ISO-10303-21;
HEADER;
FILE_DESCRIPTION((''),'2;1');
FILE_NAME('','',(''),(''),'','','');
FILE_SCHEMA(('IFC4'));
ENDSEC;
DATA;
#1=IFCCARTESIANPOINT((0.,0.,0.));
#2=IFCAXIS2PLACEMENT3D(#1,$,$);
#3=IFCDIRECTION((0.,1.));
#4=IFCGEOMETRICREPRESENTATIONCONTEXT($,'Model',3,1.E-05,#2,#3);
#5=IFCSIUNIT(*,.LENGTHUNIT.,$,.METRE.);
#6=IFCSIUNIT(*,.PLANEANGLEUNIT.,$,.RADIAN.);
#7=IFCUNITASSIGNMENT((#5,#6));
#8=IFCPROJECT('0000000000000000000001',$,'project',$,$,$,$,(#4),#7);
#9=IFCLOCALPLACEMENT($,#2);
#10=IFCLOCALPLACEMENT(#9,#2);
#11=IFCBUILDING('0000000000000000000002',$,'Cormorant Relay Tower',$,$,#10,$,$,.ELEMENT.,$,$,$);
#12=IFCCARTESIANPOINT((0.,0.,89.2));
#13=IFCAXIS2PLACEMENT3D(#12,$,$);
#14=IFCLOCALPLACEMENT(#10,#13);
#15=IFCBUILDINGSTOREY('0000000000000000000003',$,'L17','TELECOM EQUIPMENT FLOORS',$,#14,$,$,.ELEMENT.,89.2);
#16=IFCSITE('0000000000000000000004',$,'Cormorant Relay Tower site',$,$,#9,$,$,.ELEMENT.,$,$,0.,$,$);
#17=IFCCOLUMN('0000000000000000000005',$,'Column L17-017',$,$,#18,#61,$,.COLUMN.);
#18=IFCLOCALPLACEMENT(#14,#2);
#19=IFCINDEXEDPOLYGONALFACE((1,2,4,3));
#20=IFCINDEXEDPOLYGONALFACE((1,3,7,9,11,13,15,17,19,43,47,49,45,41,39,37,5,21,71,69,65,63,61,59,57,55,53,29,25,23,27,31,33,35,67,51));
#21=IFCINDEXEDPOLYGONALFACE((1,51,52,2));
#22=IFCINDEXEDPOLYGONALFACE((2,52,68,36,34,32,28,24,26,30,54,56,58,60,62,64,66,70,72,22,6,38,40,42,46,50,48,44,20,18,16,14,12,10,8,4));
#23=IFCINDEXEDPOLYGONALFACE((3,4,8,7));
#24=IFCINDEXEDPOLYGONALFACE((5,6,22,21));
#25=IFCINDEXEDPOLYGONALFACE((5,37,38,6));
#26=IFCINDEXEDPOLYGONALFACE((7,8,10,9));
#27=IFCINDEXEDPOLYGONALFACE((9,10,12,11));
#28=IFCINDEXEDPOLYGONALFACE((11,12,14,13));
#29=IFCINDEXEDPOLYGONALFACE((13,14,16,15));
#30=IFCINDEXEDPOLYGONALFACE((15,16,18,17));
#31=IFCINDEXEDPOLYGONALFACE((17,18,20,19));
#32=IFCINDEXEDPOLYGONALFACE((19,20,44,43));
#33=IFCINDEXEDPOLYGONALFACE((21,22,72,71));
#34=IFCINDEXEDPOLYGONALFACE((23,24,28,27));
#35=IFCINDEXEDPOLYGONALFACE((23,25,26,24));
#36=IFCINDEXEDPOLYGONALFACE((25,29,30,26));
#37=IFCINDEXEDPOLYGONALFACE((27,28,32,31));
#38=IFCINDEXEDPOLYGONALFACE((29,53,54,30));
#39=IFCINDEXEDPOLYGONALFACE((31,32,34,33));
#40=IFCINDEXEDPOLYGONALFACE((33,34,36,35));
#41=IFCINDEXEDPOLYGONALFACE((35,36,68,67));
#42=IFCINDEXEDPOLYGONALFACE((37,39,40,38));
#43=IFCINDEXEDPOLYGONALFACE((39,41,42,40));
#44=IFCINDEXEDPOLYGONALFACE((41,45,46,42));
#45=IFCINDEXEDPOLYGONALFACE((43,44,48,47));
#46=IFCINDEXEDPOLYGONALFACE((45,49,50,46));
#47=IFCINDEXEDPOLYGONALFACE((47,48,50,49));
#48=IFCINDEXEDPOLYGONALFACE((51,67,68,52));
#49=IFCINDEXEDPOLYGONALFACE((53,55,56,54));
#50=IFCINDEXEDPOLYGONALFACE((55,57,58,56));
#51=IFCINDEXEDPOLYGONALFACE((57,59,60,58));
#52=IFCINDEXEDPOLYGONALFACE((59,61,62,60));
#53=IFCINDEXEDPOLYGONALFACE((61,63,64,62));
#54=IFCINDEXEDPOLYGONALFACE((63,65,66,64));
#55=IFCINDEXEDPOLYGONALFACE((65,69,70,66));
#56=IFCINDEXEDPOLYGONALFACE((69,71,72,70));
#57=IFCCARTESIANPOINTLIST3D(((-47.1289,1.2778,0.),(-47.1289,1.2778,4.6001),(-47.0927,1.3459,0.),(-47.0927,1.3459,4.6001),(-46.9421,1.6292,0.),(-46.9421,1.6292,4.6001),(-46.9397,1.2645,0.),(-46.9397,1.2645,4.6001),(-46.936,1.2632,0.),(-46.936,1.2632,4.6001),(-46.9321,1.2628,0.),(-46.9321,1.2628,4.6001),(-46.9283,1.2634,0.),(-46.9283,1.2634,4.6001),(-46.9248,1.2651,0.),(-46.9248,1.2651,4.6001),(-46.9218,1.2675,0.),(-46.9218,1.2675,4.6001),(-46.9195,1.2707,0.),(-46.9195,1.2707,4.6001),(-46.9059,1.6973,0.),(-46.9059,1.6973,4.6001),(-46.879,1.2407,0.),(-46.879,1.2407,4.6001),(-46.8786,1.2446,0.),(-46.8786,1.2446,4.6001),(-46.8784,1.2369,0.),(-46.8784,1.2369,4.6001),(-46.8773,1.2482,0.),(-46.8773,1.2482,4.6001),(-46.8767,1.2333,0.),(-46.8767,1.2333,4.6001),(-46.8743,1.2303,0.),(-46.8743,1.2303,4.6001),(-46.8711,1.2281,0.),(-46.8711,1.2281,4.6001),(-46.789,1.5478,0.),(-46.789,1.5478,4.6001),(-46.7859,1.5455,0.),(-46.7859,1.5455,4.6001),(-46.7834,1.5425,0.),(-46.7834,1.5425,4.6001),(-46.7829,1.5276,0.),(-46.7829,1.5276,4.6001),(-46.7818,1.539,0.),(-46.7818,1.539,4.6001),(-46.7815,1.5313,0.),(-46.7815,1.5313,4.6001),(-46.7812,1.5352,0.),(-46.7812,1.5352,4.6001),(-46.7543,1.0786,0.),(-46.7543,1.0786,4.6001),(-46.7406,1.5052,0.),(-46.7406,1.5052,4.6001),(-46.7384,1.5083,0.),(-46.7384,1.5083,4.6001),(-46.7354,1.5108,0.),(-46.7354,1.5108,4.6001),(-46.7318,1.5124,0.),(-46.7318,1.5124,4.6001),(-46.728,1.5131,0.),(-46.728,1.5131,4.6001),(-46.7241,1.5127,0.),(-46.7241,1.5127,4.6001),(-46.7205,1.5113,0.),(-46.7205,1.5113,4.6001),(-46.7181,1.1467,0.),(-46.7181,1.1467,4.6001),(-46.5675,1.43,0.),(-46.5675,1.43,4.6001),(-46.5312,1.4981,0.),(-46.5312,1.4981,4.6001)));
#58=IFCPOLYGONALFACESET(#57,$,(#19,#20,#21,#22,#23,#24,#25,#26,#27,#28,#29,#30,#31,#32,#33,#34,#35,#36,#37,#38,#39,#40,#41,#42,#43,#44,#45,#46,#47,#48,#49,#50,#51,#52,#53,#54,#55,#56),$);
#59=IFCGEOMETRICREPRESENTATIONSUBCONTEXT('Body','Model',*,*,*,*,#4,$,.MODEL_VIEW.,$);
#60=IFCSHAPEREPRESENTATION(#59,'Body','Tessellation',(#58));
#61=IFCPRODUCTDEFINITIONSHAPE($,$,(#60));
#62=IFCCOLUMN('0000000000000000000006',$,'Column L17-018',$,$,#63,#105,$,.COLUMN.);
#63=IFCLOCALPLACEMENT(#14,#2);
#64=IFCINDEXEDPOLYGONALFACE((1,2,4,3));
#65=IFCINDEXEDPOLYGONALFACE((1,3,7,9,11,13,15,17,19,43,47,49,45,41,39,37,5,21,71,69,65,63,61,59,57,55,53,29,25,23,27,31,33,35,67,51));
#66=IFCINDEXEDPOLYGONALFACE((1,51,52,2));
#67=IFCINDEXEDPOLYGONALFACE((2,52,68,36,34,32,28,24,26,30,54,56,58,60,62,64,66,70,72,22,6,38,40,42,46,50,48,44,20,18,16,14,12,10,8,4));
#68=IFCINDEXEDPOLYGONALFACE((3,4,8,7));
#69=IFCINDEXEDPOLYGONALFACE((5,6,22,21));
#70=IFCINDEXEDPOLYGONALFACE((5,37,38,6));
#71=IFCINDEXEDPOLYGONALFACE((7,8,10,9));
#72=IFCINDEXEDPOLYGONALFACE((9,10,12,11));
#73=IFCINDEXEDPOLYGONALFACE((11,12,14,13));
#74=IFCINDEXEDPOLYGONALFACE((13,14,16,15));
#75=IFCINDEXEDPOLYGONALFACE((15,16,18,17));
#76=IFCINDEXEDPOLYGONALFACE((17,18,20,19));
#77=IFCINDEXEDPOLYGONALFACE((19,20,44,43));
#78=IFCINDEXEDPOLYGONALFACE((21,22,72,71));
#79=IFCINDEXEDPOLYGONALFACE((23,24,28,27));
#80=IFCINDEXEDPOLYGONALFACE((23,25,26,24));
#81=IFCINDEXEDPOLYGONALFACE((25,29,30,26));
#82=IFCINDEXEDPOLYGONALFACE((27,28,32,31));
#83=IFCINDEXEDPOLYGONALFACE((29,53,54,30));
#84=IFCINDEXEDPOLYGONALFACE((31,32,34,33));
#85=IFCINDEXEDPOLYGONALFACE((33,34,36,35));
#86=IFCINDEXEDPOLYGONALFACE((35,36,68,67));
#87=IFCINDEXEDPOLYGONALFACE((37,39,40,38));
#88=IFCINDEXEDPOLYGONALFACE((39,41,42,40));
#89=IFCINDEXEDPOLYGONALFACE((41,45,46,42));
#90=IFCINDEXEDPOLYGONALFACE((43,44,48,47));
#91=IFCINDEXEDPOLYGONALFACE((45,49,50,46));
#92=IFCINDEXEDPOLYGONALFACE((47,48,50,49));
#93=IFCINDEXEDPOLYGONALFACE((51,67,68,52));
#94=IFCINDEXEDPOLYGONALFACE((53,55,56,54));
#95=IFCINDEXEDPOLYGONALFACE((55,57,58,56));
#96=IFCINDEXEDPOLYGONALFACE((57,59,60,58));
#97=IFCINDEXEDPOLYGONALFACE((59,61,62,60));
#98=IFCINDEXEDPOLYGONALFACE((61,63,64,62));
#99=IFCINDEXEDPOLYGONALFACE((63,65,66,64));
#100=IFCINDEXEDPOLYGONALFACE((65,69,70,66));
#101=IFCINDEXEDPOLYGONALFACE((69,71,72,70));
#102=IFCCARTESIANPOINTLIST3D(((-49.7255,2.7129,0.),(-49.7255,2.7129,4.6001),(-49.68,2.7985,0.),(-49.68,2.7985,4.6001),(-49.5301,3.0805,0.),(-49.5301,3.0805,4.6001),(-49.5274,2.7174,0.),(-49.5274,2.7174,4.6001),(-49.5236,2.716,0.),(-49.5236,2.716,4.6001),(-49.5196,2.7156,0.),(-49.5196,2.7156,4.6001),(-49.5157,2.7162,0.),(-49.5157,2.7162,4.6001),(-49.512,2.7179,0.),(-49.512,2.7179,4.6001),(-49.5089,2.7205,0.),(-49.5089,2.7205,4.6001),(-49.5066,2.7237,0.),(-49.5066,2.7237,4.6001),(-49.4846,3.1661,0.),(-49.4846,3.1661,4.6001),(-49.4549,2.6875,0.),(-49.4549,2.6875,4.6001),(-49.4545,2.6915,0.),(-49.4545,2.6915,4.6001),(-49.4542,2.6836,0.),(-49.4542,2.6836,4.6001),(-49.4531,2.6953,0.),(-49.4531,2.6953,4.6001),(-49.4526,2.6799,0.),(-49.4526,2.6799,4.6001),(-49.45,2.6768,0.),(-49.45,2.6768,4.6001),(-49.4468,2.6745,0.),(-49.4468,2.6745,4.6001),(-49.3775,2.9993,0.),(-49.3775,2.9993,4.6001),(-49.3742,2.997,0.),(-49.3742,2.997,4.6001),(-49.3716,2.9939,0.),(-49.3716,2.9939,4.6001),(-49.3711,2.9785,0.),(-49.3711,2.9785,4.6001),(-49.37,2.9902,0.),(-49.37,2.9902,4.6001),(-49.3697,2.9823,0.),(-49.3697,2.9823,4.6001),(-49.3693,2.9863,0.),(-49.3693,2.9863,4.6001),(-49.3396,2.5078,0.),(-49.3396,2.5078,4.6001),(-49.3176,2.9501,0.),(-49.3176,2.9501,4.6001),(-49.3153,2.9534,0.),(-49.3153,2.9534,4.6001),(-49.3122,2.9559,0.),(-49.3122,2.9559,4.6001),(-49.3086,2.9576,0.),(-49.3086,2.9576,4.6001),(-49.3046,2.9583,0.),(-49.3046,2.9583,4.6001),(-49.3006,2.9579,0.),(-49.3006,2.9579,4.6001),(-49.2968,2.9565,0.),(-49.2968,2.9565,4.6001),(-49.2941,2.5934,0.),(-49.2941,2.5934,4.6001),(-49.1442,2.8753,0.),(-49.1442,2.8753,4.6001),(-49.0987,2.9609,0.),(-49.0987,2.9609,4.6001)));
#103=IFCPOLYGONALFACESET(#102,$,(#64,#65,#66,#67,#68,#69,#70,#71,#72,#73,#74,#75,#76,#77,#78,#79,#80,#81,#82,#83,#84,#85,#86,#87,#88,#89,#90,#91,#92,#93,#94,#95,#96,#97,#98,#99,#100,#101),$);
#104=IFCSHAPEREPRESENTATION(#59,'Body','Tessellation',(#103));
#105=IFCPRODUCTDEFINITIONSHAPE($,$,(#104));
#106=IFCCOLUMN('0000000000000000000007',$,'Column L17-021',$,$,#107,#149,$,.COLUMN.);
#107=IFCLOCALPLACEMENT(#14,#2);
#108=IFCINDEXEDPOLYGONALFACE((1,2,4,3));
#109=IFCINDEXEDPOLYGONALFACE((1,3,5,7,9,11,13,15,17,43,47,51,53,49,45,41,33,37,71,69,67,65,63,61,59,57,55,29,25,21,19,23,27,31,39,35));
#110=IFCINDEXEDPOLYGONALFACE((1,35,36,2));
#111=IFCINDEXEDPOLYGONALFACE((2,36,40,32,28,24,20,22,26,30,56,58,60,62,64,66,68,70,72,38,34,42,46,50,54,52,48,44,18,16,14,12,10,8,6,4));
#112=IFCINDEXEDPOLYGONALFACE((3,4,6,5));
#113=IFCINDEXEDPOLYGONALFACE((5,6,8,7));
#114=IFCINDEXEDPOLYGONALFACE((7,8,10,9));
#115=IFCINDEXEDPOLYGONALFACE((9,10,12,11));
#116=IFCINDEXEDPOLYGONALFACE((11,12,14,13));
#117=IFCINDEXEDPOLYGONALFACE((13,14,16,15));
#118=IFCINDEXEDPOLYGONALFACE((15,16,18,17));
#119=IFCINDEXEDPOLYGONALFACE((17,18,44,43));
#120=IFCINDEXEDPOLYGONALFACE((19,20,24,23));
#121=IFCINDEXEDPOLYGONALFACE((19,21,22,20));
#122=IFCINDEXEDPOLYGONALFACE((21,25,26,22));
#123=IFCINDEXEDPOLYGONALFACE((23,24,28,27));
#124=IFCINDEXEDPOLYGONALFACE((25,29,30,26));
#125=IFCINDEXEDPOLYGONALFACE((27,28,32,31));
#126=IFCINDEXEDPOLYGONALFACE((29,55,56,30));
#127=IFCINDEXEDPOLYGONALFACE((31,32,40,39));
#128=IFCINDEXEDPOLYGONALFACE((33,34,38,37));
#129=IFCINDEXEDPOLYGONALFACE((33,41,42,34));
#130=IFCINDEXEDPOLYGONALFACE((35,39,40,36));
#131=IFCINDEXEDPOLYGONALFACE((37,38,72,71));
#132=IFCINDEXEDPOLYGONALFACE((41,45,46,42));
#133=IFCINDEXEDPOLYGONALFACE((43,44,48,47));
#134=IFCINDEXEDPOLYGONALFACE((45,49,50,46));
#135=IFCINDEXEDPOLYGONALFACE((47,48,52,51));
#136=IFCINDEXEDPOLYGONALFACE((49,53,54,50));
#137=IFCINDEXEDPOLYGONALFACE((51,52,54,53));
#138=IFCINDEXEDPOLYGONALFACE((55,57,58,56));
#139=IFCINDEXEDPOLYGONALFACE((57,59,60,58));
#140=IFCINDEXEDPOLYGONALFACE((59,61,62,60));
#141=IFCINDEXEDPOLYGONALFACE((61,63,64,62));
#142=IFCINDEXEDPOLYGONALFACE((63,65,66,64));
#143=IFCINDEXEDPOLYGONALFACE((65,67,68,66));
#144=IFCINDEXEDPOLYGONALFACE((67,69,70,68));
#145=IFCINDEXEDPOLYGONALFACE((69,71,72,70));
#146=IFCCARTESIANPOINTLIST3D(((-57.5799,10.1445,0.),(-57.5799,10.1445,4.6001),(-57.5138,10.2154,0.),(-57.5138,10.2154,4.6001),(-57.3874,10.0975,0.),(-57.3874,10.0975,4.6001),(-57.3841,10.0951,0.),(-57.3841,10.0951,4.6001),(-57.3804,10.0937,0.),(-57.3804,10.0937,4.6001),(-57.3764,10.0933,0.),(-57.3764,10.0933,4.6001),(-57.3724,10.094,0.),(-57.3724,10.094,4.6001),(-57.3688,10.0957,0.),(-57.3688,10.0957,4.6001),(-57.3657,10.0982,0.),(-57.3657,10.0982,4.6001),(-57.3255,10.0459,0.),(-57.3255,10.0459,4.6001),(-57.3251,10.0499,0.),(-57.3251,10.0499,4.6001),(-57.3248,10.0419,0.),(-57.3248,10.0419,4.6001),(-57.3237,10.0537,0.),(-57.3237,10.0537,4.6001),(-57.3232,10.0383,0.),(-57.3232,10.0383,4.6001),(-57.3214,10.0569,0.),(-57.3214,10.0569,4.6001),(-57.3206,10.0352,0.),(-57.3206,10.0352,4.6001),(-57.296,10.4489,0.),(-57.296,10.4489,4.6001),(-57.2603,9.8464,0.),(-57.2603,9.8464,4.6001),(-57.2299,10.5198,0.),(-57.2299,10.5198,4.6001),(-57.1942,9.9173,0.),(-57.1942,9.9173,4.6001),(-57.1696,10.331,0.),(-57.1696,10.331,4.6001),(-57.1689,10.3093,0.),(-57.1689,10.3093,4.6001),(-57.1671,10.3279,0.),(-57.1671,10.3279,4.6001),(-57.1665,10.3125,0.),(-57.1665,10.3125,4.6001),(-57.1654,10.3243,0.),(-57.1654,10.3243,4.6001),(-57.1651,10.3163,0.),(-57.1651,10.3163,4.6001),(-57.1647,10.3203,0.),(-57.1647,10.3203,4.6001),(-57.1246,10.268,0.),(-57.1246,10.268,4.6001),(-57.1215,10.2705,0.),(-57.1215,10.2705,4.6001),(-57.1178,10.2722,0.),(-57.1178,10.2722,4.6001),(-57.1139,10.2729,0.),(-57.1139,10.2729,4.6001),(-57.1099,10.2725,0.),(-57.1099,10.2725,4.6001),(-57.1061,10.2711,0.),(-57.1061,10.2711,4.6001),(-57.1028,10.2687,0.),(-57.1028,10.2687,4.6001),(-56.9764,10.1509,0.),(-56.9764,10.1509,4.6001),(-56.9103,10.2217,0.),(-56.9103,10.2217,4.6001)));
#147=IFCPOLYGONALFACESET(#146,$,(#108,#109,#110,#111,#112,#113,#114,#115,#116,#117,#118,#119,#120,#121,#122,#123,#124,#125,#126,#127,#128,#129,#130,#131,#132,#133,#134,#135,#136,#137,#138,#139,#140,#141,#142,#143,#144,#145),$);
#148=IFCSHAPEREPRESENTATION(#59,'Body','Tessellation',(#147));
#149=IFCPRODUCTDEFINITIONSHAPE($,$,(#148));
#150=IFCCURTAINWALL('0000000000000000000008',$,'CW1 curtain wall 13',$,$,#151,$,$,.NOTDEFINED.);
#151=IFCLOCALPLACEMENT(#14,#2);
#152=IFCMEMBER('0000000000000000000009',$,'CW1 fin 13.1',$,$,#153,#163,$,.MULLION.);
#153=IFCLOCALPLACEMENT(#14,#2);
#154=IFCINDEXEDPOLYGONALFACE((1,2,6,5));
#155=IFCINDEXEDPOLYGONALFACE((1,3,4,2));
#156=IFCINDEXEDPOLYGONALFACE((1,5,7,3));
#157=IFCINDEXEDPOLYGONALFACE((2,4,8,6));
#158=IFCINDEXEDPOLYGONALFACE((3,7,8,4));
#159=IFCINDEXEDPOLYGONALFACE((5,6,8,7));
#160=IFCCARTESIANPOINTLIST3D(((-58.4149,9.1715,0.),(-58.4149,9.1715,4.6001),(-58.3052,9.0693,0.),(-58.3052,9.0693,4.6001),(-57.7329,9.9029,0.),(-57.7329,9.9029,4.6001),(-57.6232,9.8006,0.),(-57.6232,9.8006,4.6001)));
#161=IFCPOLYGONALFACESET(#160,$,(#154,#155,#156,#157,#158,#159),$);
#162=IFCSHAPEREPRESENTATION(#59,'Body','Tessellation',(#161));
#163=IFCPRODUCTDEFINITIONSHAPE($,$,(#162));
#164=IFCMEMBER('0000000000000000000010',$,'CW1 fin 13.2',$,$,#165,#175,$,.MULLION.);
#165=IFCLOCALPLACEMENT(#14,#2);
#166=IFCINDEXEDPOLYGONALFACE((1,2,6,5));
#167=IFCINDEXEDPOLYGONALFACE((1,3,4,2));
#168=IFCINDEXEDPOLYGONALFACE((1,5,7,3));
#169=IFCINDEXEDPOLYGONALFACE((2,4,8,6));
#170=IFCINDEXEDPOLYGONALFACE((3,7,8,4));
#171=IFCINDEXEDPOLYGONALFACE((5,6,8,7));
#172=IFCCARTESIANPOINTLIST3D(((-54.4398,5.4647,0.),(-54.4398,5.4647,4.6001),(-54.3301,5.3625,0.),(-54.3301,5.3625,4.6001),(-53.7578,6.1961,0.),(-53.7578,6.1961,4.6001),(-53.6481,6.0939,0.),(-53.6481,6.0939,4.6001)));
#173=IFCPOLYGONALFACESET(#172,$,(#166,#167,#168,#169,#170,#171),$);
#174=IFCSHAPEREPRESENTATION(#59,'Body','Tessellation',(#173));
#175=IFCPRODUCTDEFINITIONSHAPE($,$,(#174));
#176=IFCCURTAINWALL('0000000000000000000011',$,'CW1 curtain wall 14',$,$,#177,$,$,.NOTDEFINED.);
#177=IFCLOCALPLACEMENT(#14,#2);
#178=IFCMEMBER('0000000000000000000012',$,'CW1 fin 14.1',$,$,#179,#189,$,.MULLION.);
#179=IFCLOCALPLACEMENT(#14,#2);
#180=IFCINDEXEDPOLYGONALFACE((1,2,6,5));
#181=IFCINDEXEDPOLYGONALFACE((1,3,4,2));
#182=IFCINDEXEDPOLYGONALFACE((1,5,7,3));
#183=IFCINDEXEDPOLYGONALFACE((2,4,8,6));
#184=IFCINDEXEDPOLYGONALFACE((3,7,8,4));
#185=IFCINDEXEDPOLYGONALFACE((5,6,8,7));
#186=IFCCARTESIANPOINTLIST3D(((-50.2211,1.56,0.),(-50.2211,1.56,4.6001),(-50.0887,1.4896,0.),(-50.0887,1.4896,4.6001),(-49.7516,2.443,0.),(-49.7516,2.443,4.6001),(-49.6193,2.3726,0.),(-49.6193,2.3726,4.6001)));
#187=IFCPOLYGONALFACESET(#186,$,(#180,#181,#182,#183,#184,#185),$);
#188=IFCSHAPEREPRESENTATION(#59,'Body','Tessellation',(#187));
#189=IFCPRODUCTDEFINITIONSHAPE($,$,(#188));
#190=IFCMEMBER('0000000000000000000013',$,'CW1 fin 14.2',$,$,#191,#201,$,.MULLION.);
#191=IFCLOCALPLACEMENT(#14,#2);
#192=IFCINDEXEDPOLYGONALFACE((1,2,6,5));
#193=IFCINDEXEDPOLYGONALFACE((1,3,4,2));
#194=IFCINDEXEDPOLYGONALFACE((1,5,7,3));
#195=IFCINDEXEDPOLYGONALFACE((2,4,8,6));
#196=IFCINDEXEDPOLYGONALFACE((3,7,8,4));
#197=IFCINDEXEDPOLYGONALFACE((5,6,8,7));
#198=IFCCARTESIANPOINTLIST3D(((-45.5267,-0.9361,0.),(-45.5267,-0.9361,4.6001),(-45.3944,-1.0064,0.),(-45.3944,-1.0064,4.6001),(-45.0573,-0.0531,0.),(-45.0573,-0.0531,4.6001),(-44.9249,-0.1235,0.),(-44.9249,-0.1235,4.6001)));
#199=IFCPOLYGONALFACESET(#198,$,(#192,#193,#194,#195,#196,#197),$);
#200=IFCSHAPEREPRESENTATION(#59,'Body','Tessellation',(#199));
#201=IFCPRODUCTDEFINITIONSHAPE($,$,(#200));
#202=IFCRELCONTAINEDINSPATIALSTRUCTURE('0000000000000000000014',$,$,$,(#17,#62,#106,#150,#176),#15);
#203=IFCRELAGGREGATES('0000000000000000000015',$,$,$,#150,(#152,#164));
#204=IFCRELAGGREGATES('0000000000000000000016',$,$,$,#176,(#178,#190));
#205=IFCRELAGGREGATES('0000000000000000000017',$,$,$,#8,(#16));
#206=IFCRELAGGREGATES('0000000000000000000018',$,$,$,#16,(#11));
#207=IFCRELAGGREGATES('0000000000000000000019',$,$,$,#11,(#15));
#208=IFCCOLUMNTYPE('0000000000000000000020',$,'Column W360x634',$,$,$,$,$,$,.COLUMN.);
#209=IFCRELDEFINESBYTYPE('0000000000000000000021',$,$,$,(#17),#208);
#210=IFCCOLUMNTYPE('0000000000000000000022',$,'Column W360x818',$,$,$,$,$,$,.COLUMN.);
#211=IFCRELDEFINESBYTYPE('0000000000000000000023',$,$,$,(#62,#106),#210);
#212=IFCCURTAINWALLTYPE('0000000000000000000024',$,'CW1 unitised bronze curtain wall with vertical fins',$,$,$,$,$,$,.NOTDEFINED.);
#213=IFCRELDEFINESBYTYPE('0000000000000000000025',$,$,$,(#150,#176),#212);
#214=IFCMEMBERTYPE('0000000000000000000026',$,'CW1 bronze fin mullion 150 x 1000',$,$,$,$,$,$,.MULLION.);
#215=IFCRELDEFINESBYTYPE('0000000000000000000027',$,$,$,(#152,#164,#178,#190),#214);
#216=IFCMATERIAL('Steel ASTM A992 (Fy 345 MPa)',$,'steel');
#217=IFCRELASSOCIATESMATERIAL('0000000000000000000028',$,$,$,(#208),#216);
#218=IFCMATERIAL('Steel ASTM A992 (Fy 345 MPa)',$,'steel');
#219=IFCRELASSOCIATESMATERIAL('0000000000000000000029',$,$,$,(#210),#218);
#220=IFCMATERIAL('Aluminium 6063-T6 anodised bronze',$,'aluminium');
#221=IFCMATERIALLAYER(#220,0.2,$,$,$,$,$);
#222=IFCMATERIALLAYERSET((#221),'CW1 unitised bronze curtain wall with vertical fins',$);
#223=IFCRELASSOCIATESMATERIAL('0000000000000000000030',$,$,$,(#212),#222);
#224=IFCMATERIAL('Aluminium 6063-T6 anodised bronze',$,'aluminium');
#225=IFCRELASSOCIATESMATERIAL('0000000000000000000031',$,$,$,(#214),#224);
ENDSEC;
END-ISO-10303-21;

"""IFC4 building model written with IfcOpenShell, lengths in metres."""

from ifc_helpers import new_model, si_unit, direction, frame, origin, origin_2d, place, context, subcontext, project, spatial, rectangle, i_section, extrude, material, layer, layer_set, material_profile, profile_set, type_object, element, aggregate, save


model = new_model("IFC4")

# Units and contexts
model_context = context("Model", 3, precision=1e-05, world=origin(), true_north=direction((0.0, 1.0)))
body_context = subcontext(model_context, "Body", "Model", "MODEL_VIEW")
ifc_project = project(units=[si_unit("LENGTHUNIT", "METRE"), si_unit("PLANEANGLEUNIT", "RADIAN")], contexts=[model_context])

# Site, building, storey
site_placement = place(None, origin())
site = spatial("IfcSite", under=ifc_project, at=site_placement, Name="Cormorant Relay Tower site", CompositionType="ELEMENT", RefElevation=0.0)
building_placement = place(site_placement, origin())
building = spatial("IfcBuilding", under=site, at=building_placement, Name="Cormorant Relay Tower", CompositionType="ELEMENT")
storey_placement = place(building_placement, frame((0.0, 0.0, 89.2)))
storey = spatial("IfcBuildingStorey", under=building, at=storey_placement, Name="L17", Description="TELECOM EQUIPMENT FLOORS", CompositionType="ELEMENT", Elevation=89.2)

# Columns
ifc_material_1 = material(Name="Steel ASTM A992 (Fy 345 MPa)", Category="steel")
ifc_material_profile_1 = material_profile(ifc_material_1, i_section(OverallWidth=0.4243, OverallDepth=0.4751, WebThickness=0.0479, FlangeThickness=0.0771, FilletRadius=0.0149, at=origin_2d()), Name="W360x634")
ifc_profile_set_1 = profile_set([ifc_material_profile_1], Name="Steel ASTM A992 (Fy 345 MPa)")
column_type_1 = type_object("IfcColumnType", Name="Column W360x634", PredefinedType="COLUMN", material=ifc_profile_set_1)
column_placement = place(storey_placement, frame((-46.8301, 1.3879, 0.0), z_axis=(0.0, 0.0, 1.0), x_axis=(0.882948, -0.469472, 0.0)))
element("IfcColumn", 1, at=column_placement, inside=storey, type_object=column_type_1, Name="Column L17-017", PredefinedType="COLUMN", context=body_context, shape_type="SweptSolid", body=[
    extrude(i_section(OverallWidth=0.4243, OverallDepth=0.4751, WebThickness=0.0479, FlangeThickness=0.0771, FilletRadius=0.0149, at=origin_2d()), origin(), (0.0, 0.0, 1.0), 4.6001),
])
ifc_material_2 = material(Name="Steel ASTM A992 (Fy 345 MPa)", Category="steel")
ifc_material_profile_2 = material_profile(ifc_material_2, i_section(OverallWidth=0.437, OverallDepth=0.5132, WebThickness=0.0605, FlangeThickness=0.0969, FilletRadius=0.0154, at=origin_2d()), Name="W360x818")
ifc_profile_set_2 = profile_set([ifc_material_profile_2], Name="Steel ASTM A992 (Fy 345 MPa)")
column_type_2 = type_object("IfcColumnType", Name="Column W360x818", PredefinedType="COLUMN", material=ifc_profile_set_2)
for number, where, z_axis, x_axis, name in (
    (2, (-49.4121, 2.8369, 0.0), (0.0, 0.0, 1.0), (0.882948, -0.469472, 0.0), "Column L17-018"),
    (3, (-57.2451, 10.1831, 0.0), (0.0, 0.0, 1.0), (0.731354, -0.681998, 0.0), "Column L17-021"),
):
    element("IfcColumn", number, at=place(storey_placement, frame(where, z_axis=z_axis, x_axis=x_axis)), inside=storey, type_object=column_type_2, Name=name, PredefinedType="COLUMN", context=body_context, shape_type="SweptSolid", body=[
        extrude(i_section(OverallWidth=0.437, OverallDepth=0.5132, WebThickness=0.0605, FlangeThickness=0.0969, FilletRadius=0.0154, at=origin_2d()), origin(), (0.0, 0.0, 1.0), 4.6001),
    ])

# Curtain walls, members
ifc_material_3 = material(Name="Aluminium 6063-T6 anodised bronze", Category="aluminium")
ifc_layer_1 = layer(ifc_material_3, 0.2)
ifc_layer_set_1 = layer_set([ifc_layer_1], Name="CW1 unitised bronze curtain wall with vertical fins")
curtain_wall_type = type_object("IfcCurtainWallType", Name="CW1 unitised bronze curtain wall with vertical fins", PredefinedType="NOTDEFINED", material=ifc_layer_set_1)
curtain_wall_1_placement = place(storey_placement, origin())
curtain_wall_1 = element("IfcCurtainWall", 4, at=curtain_wall_1_placement, inside=storey, type_object=curtain_wall_type, Name="CW1 curtain wall 13", PredefinedType="NOTDEFINED")
ifc_material_4 = material(Name="Aluminium 6063-T6 anodised bronze", Category="aluminium")
ifc_material_profile_3 = material_profile(ifc_material_4, rectangle(XDim=0.1499, YDim=1.0, at=origin_2d()), Name="AL 150x1000")
ifc_profile_set_3 = profile_set([ifc_material_profile_3], Name="Aluminium 6063-T6 anodised bronze")
member_type_1 = type_object("IfcMemberType", Name="CW1 bronze fin mullion 150 x 1000", PredefinedType="MULLION", material=ifc_profile_set_3)
member_1_placement = place(storey_placement, frame((-58.019, 9.4861, 0.0), z_axis=(0.0, 0.0, 1.0), x_axis=(0.731354, -0.681998, 0.0)))
member_1 = element("IfcMember", 5, at=member_1_placement, type_object=member_type_1, Name="CW1 fin 13.1", PredefinedType="MULLION", context=body_context, shape_type="SweptSolid", body=[
    extrude(rectangle(XDim=0.1499, YDim=1.0, at=origin_2d()), origin(), (0.0, 0.0, 1.0), 4.6001),
])
member_2_placement = place(storey_placement, frame((-54.0439, 5.7793, 0.0), z_axis=(0.0, 0.0, 1.0), x_axis=(0.731354, -0.681998, 0.0)))
member_2 = element("IfcMember", 6, at=member_2_placement, type_object=member_type_1, Name="CW1 fin 13.2", PredefinedType="MULLION", context=body_context, shape_type="SweptSolid", body=[
    extrude(rectangle(XDim=0.1499, YDim=1.0, at=origin_2d()), origin(), (0.0, 0.0, 1.0), 4.6001),
])
curtain_wall_2_placement = place(storey_placement, origin())
curtain_wall_2 = element("IfcCurtainWall", 7, at=curtain_wall_2_placement, inside=storey, type_object=curtain_wall_type, Name="CW1 curtain wall 14", PredefinedType="NOTDEFINED")
member_3_placement = place(storey_placement, frame((-49.9202, 1.9663, 0.0), z_axis=(0.0, 0.0, 1.0), x_axis=(0.882948, -0.469472, 0.0)))
member_3 = element("IfcMember", 8, at=member_3_placement, type_object=member_type_1, Name="CW1 fin 14.1", PredefinedType="MULLION", context=body_context, shape_type="SweptSolid", body=[
    extrude(rectangle(XDim=0.1499, YDim=1.0, at=origin_2d()), origin(), (0.0, 0.0, 1.0), 4.6001),
])
member_4_placement = place(storey_placement, frame((-45.2258, -0.5298, 0.0), z_axis=(0.0, 0.0, 1.0), x_axis=(0.882948, -0.469472, 0.0)))
member_4 = element("IfcMember", 9, at=member_4_placement, type_object=member_type_1, Name="CW1 fin 14.2", PredefinedType="MULLION", context=body_context, shape_type="SweptSolid", body=[
    extrude(rectangle(XDim=0.1499, YDim=1.0, at=origin_2d()), origin(), (0.0, 0.0, 1.0), 4.6001),
])

aggregate(curtain_wall_1, [member_1, member_2])
aggregate(curtain_wall_2, [member_3, member_4])

save(model, "model.ifc")
